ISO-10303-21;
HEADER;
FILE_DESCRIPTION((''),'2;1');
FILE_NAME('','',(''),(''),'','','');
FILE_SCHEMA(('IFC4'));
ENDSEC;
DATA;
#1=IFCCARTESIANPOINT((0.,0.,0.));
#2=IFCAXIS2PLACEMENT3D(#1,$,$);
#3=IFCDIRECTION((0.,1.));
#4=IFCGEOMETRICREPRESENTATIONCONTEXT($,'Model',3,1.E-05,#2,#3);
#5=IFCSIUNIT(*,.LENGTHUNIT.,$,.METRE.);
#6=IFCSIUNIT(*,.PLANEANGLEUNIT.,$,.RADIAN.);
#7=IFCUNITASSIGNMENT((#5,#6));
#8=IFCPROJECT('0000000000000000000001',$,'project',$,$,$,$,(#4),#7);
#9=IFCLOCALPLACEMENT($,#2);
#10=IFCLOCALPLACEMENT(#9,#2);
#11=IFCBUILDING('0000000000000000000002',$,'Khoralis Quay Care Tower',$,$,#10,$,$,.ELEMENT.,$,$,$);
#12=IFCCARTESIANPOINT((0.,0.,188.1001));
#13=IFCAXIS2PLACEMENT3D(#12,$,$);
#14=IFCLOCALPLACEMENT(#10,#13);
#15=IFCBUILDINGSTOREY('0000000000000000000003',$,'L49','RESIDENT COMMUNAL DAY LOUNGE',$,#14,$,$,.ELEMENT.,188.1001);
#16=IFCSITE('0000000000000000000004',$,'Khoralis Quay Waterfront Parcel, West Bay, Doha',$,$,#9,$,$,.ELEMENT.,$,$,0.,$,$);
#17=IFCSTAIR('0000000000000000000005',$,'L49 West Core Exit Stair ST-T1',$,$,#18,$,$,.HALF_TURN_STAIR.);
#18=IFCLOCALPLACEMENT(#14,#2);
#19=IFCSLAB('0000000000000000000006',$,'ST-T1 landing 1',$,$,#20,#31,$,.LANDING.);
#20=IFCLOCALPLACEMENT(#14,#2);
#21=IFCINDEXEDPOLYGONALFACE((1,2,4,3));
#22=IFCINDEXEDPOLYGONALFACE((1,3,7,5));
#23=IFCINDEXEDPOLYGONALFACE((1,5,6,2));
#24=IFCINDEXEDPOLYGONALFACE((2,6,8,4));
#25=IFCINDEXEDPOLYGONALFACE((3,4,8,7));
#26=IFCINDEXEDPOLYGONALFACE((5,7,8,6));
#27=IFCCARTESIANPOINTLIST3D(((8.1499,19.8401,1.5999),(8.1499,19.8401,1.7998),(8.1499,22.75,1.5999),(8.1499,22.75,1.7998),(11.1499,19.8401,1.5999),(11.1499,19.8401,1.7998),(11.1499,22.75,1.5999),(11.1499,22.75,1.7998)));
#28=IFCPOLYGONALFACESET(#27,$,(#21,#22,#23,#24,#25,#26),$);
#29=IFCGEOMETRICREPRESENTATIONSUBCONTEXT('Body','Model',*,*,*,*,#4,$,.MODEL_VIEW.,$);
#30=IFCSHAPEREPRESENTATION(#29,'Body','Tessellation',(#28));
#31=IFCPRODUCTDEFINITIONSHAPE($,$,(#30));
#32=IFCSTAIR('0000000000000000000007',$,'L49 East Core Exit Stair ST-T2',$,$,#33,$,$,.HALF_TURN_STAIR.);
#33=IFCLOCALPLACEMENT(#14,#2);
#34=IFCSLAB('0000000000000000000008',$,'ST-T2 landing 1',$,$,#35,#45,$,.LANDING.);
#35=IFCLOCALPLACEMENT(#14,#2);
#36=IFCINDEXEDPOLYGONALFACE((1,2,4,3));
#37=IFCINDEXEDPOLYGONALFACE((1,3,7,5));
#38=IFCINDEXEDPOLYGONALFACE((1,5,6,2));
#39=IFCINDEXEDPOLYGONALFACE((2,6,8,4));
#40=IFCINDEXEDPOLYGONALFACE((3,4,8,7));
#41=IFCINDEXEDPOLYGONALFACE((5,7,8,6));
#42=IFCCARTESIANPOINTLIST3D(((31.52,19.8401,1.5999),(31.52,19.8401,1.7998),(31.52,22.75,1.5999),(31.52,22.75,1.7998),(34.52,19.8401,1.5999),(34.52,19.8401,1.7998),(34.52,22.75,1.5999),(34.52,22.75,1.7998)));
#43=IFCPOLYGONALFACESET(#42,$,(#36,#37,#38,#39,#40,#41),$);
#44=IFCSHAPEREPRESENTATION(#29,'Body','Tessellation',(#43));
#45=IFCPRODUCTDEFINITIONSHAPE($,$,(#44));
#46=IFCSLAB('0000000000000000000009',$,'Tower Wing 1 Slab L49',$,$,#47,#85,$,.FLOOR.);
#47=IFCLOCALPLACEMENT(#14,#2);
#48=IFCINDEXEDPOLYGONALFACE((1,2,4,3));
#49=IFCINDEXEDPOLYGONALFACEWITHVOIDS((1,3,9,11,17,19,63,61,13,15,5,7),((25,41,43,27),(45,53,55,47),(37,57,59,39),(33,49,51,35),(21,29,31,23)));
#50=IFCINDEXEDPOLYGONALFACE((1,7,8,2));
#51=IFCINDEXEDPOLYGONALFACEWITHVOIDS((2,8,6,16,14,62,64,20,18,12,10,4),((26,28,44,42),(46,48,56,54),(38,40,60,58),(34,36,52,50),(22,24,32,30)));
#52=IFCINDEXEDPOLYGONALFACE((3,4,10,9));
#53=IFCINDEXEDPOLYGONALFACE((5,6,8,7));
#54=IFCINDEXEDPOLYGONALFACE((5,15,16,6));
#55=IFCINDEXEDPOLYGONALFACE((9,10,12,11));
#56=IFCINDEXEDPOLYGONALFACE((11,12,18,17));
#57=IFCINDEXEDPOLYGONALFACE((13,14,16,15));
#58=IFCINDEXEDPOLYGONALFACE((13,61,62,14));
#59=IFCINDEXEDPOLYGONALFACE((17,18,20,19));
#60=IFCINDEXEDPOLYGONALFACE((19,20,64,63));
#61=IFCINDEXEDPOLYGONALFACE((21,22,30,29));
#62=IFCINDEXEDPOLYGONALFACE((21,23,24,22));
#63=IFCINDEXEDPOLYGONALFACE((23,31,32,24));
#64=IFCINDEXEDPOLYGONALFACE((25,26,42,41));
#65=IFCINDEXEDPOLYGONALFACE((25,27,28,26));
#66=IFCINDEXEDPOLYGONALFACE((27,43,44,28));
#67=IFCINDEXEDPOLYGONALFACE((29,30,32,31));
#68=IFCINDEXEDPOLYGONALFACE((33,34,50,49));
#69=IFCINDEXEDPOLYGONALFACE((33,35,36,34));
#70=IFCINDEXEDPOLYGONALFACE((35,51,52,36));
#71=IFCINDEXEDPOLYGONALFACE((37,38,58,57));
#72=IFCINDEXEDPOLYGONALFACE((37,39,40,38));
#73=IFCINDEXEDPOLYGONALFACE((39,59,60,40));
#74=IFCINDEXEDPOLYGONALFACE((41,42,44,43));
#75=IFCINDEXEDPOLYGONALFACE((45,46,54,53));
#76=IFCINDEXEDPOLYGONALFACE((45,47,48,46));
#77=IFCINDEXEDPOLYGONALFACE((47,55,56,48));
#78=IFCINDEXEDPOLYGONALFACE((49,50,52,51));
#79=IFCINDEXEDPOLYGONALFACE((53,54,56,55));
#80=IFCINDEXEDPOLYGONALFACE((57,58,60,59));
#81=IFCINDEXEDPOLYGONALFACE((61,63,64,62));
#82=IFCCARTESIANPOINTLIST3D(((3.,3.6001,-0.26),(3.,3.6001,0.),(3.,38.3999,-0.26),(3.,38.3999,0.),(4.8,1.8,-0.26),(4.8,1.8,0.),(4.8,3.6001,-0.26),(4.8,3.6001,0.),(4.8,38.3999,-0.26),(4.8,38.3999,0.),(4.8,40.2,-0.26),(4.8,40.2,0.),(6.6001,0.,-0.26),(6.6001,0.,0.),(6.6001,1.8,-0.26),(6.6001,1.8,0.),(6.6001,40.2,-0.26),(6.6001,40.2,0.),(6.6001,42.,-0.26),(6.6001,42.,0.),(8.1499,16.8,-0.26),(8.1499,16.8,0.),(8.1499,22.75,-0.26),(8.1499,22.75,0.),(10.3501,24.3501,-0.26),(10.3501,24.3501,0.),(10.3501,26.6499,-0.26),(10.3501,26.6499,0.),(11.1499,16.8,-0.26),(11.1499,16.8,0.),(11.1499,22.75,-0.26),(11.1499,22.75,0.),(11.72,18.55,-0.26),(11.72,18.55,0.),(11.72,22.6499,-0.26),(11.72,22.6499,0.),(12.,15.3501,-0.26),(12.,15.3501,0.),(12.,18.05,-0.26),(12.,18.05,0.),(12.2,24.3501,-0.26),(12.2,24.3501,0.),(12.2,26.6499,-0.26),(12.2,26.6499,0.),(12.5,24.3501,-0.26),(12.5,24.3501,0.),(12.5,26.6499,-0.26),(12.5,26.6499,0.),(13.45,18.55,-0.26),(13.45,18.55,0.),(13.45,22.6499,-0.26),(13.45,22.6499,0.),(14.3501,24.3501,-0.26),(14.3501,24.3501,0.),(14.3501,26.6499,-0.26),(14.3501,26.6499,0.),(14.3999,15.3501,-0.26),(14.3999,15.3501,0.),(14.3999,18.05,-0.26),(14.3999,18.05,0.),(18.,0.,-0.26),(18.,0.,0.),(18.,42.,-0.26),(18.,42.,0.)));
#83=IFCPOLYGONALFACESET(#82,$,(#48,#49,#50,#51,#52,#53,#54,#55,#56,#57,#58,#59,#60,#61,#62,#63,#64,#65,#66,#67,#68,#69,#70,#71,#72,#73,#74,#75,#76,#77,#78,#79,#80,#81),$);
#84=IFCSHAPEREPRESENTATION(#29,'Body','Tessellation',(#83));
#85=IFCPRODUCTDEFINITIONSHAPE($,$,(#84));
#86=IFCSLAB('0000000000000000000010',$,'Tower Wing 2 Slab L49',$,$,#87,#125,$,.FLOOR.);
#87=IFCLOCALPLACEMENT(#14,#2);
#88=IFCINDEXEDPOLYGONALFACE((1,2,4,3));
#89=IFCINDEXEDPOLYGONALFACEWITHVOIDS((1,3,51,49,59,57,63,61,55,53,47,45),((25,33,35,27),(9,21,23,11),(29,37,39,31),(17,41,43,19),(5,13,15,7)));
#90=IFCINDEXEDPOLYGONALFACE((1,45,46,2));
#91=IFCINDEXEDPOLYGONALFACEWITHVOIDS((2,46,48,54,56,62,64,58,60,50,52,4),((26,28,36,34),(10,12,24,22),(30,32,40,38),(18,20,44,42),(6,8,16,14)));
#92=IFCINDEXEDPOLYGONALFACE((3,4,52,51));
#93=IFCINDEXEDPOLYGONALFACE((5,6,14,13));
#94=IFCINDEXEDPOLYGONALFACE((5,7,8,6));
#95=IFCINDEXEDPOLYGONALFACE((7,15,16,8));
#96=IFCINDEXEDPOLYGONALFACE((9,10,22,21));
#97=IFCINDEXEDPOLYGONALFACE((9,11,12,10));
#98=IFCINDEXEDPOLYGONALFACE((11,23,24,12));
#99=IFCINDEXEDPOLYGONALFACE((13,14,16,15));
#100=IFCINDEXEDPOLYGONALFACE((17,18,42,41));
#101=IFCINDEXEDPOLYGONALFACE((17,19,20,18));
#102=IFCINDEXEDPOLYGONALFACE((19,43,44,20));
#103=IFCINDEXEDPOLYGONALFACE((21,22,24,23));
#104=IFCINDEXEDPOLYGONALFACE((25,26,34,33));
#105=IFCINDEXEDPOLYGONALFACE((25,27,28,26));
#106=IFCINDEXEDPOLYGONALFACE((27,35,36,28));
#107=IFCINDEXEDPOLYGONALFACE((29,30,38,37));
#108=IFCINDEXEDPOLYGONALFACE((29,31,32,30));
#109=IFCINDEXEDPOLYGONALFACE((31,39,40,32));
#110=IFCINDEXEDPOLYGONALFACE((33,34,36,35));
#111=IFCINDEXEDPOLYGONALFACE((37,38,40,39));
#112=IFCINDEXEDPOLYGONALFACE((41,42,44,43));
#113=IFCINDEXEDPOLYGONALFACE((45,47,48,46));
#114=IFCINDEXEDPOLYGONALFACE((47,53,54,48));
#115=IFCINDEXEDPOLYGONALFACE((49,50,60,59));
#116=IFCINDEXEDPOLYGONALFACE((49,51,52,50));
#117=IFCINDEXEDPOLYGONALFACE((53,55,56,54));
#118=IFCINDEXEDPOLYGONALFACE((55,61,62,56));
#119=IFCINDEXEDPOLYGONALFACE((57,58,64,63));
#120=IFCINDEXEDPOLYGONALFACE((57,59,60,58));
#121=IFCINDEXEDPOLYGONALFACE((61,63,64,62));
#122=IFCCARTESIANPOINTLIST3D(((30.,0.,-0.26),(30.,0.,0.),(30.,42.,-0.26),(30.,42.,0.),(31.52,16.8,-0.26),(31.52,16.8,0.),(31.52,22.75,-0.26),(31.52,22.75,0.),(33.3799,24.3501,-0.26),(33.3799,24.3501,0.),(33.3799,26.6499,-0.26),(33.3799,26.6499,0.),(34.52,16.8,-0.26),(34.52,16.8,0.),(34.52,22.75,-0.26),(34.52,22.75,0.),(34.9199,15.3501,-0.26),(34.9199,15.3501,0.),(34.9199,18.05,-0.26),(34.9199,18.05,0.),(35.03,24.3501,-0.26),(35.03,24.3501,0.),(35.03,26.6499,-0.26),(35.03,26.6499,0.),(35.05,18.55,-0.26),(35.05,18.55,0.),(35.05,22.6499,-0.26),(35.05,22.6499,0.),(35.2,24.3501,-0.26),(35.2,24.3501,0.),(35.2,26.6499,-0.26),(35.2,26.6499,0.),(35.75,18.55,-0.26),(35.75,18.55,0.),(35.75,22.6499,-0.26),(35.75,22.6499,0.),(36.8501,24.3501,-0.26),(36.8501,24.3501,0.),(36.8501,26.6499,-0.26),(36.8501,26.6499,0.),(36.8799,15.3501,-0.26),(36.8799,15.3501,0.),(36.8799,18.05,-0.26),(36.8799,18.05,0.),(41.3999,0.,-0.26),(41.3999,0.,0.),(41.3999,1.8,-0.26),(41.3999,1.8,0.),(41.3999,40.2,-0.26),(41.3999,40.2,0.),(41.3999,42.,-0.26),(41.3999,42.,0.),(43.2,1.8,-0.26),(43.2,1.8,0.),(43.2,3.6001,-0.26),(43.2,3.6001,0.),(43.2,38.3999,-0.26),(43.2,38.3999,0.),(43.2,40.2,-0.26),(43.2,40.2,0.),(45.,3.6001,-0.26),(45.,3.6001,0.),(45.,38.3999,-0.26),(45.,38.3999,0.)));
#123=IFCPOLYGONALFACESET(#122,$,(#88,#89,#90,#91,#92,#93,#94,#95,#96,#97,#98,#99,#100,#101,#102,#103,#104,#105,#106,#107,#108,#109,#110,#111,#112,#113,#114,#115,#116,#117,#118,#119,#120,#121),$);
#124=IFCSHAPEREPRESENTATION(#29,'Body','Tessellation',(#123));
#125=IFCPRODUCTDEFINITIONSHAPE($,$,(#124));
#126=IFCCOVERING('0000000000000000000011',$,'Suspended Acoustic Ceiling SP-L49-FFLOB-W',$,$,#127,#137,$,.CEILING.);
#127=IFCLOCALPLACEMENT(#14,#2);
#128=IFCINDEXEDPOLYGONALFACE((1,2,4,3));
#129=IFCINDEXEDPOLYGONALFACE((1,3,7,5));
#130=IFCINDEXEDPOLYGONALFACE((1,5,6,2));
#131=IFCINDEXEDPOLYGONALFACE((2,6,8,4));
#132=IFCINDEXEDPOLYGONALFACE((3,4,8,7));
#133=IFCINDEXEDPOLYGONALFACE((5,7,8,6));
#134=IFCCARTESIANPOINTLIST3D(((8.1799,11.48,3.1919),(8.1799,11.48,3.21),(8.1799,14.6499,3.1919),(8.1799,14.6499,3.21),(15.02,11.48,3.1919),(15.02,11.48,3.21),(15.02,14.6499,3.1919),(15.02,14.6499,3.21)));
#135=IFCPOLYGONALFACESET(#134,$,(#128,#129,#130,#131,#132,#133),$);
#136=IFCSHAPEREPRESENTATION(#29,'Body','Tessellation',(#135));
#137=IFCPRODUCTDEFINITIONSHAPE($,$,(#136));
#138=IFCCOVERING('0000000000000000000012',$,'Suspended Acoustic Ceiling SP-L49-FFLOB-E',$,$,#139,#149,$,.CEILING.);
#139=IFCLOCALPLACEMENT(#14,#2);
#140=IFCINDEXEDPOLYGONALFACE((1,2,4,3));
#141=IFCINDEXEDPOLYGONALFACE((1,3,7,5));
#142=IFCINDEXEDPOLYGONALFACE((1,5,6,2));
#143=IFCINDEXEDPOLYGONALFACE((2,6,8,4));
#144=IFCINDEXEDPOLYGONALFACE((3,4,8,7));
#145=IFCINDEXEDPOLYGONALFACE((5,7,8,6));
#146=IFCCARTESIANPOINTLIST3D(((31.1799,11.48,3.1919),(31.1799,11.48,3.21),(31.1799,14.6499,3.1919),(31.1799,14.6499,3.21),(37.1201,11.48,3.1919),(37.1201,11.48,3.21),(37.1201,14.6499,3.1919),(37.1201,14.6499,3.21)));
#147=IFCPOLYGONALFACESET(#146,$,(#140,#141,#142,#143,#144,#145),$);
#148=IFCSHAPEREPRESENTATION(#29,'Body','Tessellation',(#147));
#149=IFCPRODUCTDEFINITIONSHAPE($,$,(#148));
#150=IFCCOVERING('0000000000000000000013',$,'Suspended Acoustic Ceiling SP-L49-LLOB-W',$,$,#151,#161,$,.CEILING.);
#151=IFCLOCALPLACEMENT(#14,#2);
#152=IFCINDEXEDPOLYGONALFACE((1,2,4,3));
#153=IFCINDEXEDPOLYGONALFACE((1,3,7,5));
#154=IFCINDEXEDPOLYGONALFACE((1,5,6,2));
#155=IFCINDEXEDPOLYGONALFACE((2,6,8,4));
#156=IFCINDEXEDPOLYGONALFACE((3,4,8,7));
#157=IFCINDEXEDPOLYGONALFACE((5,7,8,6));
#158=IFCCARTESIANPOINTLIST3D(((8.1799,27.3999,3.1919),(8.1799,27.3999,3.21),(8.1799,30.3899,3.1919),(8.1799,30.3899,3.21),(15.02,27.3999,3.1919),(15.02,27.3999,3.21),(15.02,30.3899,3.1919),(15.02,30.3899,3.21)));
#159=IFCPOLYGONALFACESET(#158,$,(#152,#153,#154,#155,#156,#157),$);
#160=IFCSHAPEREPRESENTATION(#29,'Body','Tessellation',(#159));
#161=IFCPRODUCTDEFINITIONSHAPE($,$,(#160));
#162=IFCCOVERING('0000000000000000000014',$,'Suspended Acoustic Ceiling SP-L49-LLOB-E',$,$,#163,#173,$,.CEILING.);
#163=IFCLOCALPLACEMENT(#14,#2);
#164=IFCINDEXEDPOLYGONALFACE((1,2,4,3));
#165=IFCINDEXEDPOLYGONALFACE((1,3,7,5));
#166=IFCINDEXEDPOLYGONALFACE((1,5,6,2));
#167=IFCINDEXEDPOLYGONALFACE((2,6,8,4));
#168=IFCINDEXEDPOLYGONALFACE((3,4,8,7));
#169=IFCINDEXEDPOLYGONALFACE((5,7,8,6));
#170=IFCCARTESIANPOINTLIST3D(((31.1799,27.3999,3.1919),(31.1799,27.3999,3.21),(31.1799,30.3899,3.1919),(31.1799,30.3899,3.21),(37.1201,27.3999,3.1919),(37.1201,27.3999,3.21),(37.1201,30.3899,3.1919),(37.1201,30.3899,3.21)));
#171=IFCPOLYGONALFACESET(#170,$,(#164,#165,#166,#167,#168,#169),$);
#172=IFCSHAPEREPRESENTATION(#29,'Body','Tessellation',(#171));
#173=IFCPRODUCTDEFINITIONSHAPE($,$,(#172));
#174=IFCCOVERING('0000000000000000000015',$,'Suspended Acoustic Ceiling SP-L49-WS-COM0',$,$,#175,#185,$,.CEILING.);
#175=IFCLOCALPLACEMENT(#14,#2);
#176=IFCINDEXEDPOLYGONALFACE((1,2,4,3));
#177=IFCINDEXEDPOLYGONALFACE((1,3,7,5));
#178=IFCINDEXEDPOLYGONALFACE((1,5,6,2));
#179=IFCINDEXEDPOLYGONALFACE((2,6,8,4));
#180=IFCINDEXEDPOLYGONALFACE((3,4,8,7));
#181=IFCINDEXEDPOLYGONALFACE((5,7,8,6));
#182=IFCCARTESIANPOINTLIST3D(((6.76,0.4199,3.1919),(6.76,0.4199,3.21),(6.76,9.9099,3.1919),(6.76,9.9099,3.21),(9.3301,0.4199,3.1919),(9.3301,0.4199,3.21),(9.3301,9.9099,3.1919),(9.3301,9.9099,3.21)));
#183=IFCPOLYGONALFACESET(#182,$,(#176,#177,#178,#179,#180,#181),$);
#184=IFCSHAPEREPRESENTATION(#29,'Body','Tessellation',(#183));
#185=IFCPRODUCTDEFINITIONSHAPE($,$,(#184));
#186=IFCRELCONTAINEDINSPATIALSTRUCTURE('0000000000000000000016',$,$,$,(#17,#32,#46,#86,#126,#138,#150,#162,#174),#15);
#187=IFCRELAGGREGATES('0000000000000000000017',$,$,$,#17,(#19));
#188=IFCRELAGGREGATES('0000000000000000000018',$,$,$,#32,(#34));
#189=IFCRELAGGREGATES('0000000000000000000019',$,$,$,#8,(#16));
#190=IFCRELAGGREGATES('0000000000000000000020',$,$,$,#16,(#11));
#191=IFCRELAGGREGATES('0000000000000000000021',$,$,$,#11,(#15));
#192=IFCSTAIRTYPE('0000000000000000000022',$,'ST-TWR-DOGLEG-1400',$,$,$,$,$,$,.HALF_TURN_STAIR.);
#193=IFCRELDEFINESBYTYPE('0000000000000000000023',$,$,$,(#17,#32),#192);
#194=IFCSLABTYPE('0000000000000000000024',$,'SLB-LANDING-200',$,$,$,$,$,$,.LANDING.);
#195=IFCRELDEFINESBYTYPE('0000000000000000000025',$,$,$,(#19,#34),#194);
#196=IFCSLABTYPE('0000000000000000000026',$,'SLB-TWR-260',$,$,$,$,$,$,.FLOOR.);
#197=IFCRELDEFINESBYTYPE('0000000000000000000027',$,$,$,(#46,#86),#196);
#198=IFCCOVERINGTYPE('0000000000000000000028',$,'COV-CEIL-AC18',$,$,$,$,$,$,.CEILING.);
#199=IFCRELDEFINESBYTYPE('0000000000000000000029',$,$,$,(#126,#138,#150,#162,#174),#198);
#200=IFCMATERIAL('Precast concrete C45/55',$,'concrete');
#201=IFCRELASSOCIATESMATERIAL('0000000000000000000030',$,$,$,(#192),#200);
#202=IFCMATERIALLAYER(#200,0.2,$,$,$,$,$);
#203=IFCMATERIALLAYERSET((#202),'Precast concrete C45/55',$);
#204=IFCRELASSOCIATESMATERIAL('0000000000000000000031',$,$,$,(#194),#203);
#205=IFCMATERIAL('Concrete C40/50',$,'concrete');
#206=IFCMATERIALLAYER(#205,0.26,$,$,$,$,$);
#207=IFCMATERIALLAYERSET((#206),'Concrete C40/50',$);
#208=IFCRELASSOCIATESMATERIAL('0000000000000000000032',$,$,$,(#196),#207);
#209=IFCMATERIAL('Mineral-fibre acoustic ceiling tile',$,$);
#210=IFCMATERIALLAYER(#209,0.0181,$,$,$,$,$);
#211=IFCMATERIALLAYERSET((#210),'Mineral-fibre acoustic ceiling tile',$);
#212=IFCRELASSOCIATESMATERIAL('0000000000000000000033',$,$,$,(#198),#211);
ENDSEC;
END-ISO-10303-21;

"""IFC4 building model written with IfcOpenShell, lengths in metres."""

from ifc_helpers import new_model, si_unit, direction, frame, origin, place, context, subcontext, project, spatial, polyline, outline, extrude, material, layer, layer_set, type_object, element, aggregate, save


model = new_model("IFC4")

# Units and contexts
model_context = context("Model", 3, precision=1e-05, world=origin(), true_north=direction((0.0, 1.0)))
body_context = subcontext(model_context, "Body", "Model", "MODEL_VIEW")
ifc_project = project(units=[si_unit("LENGTHUNIT", "METRE"), si_unit("PLANEANGLEUNIT", "RADIAN")], contexts=[model_context])

# Site, building, storey
site_placement = place(None, origin())
site = spatial("IfcSite", under=ifc_project, at=site_placement, Name="Khoralis Quay Waterfront Parcel, West Bay, Doha", CompositionType="ELEMENT", RefElevation=0.0)
building_placement = place(site_placement, origin())
building = spatial("IfcBuilding", under=site, at=building_placement, Name="Khoralis Quay Care Tower", CompositionType="ELEMENT")
storey_placement = place(building_placement, frame((0.0, 0.0, 188.1001)))
storey = spatial("IfcBuildingStorey", under=building, at=storey_placement, Name="L49", Description="RESIDENT COMMUNAL DAY LOUNGE", CompositionType="ELEMENT", Elevation=188.1001)

# Stairs, slabs
ifc_material_1 = material(Name="Precast concrete C45/55", Category="concrete")
stair_type = type_object("IfcStairType", Name="ST-TWR-DOGLEG-1400", PredefinedType="HALF_TURN_STAIR", material=ifc_material_1)
stair_1_placement = place(storey_placement, origin())
stair_1 = element("IfcStair", 1, at=stair_1_placement, inside=storey, type_object=stair_type, Name="L49 West Core Exit Stair ST-T1", PredefinedType="HALF_TURN_STAIR")
ifc_layer_1 = layer(ifc_material_1, 0.2)
ifc_layer_set_1 = layer_set([ifc_layer_1], Name="Precast concrete C45/55")
slab_type_1 = type_object("IfcSlabType", Name="SLB-LANDING-200", PredefinedType="LANDING", material=ifc_layer_set_1)
slab_1_placement = place(storey_placement, frame((0.0, 0.0, 1.5999)))
slab_1 = element("IfcSlab", 2, at=slab_1_placement, type_object=slab_type_1, Name="ST-T1 landing 1", PredefinedType="LANDING", context=body_context, shape_type="SweptSolid", body=[
    extrude(outline(polyline([(11.1499, 19.8401), (11.1499, 22.75), (8.1499, 22.75), (8.1499, 19.8401), (11.1499, 19.8401)])), origin(), (0.0, 0.0, 1.0), 0.2),
])
aggregate(stair_1, [slab_1])
stair_2_placement = place(storey_placement, origin())
stair_2 = element("IfcStair", 3, at=stair_2_placement, inside=storey, type_object=stair_type, Name="L49 East Core Exit Stair ST-T2", PredefinedType="HALF_TURN_STAIR")
slab_2_placement = place(storey_placement, frame((0.0, 0.0, 1.5999)))
slab_2 = element("IfcSlab", 4, at=slab_2_placement, type_object=slab_type_1, Name="ST-T2 landing 1", PredefinedType="LANDING", context=body_context, shape_type="SweptSolid", body=[
    extrude(outline(polyline([(34.52, 19.8401), (34.52, 22.75), (31.52, 22.75), (31.52, 19.8401), (34.52, 19.8401)])), origin(), (0.0, 0.0, 1.0), 0.2),
])
aggregate(stair_2, [slab_2])

# Slabs
ifc_material_2 = material(Name="Concrete C40/50", Category="concrete")
ifc_layer_2 = layer(ifc_material_2, 0.26)
ifc_layer_set_2 = layer_set([ifc_layer_2], Name="Concrete C40/50")
slab_type_2 = type_object("IfcSlabType", Name="SLB-TWR-260", PredefinedType="FLOOR", material=ifc_layer_set_2)
slab_3_placement = place(storey_placement, frame((0.0, 0.0, -0.26)))
element("IfcSlab", 5, at=slab_3_placement, inside=storey, type_object=slab_type_2, Name="Tower Wing 1 Slab L49", PredefinedType="FLOOR", context=body_context, shape_type="SweptSolid", body=[
    extrude(outline(polyline([(6.6001, 0.0), (18.0, 0.0), (18.0, 42.0), (6.6001, 42.0), (6.6001, 40.2), (4.8, 40.2), (4.8, 38.3999), (3.0, 38.3999), (3.0, 3.6001), (4.8, 3.6001), (4.8, 1.8), (6.6001, 1.8), (6.6001, 0.0)]), holes=[polyline([(11.1499, 16.8), (11.1499, 22.75), (8.1499, 22.75), (8.1499, 16.8), (11.1499, 16.8)]), polyline([(12.0, 15.3501), (14.3999, 15.3501), (14.3999, 18.05), (12.0, 18.05), (12.0, 15.3501)]), polyline([(10.3501, 24.3501), (12.2, 24.3501), (12.2, 26.6499), (10.3501, 26.6499), (10.3501, 24.3501)]), polyline([(12.5, 24.3501), (14.3501, 24.3501), (14.3501, 26.6499), (12.5, 26.6499), (12.5, 24.3501)]), polyline([(11.72, 18.55), (13.45, 18.55), (13.45, 22.6499), (11.72, 22.6499), (11.72, 18.55)])]), origin(), (0.0, 0.0, 1.0), 0.26),
])
slab_4_placement = place(storey_placement, frame((0.0, 0.0, -0.26)))
element("IfcSlab", 6, at=slab_4_placement, inside=storey, type_object=slab_type_2, Name="Tower Wing 2 Slab L49", PredefinedType="FLOOR", context=body_context, shape_type="SweptSolid", body=[
    extrude(outline(polyline([(30.0, 0.0), (41.3999, 0.0), (41.3999, 1.8), (43.2, 1.8), (43.2, 3.6001), (45.0, 3.6001), (45.0, 38.3999), (43.2, 38.3999), (43.2, 40.2), (41.3999, 40.2), (41.3999, 42.0), (30.0, 42.0), (30.0, 0.0)]), holes=[polyline([(34.52, 16.8), (34.52, 22.75), (31.52, 22.75), (31.52, 16.8), (34.52, 16.8)]), polyline([(34.9199, 15.3501), (36.8799, 15.3501), (36.8799, 18.05), (34.9199, 18.05), (34.9199, 15.3501)]), polyline([(33.3799, 24.3501), (35.03, 24.3501), (35.03, 26.6499), (33.3799, 26.6499), (33.3799, 24.3501)]), polyline([(35.2, 24.3501), (36.8501, 24.3501), (36.8501, 26.6499), (35.2, 26.6499), (35.2, 24.3501)]), polyline([(35.05, 18.55), (35.75, 18.55), (35.75, 22.6499), (35.05, 22.6499), (35.05, 18.55)])]), origin(), (0.0, 0.0, 1.0), 0.26),
])

# Coverings
ifc_material_3 = material(Name="Mineral-fibre acoustic ceiling tile")
ifc_layer_3 = layer(ifc_material_3, 0.0181)
ifc_layer_set_3 = layer_set([ifc_layer_3], Name="Mineral-fibre acoustic ceiling tile")
covering_type_1 = type_object("IfcCoveringType", Name="COV-CEIL-AC18", PredefinedType="CEILING", material=ifc_layer_set_3)
covering_1_placement = place(storey_placement, frame((0.0, 0.0, 3.1919)))
element("IfcCovering", 7, at=covering_1_placement, inside=storey, type_object=covering_type_1, Name="Suspended Acoustic Ceiling SP-L49-FFLOB-W", PredefinedType="CEILING", context=body_context, shape_type="SweptSolid", body=[
    extrude(outline(polyline([(8.1799, 11.48), (15.02, 11.48), (15.02, 14.6499), (8.1799, 14.6499), (8.1799, 11.48)])), origin(), (0.0, 0.0, 1.0), 0.0181),
])
covering_2_placement = place(storey_placement, frame((0.0, 0.0, 3.1919)))
element("IfcCovering", 8, at=covering_2_placement, inside=storey, type_object=covering_type_1, Name="Suspended Acoustic Ceiling SP-L49-FFLOB-E", PredefinedType="CEILING", context=body_context, shape_type="SweptSolid", body=[
    extrude(outline(polyline([(31.1799, 11.48), (37.1201, 11.48), (37.1201, 14.6499), (31.1799, 14.6499), (31.1799, 11.48)])), origin(), (0.0, 0.0, 1.0), 0.0181),
])
covering_3_placement = place(storey_placement, frame((0.0, 0.0, 3.1919)))
element("IfcCovering", 9, at=covering_3_placement, inside=storey, type_object=covering_type_1, Name="Suspended Acoustic Ceiling SP-L49-LLOB-W", PredefinedType="CEILING", context=body_context, shape_type="SweptSolid", body=[
    extrude(outline(polyline([(8.1799, 27.3999), (15.02, 27.3999), (15.02, 30.3899), (8.1799, 30.3899), (8.1799, 27.3999)])), origin(), (0.0, 0.0, 1.0), 0.0181),
])
covering_4_placement = place(storey_placement, frame((0.0, 0.0, 3.1919)))
element("IfcCovering", 10, at=covering_4_placement, inside=storey, type_object=covering_type_1, Name="Suspended Acoustic Ceiling SP-L49-LLOB-E", PredefinedType="CEILING", context=body_context, shape_type="SweptSolid", body=[
    extrude(outline(polyline([(31.1799, 27.3999), (37.1201, 27.3999), (37.1201, 30.3899), (31.1799, 30.3899), (31.1799, 27.3999)])), origin(), (0.0, 0.0, 1.0), 0.0181),
])
covering_5_placement = place(storey_placement, frame((0.0, 0.0, 3.1919)))
element("IfcCovering", 11, at=covering_5_placement, inside=storey, type_object=covering_type_1, Name="Suspended Acoustic Ceiling SP-L49-WS-COM0", PredefinedType="CEILING", context=body_context, shape_type="SweptSolid", body=[
    extrude(outline(polyline([(6.76, 0.4199), (9.3301, 0.4199), (9.3301, 9.9099), (6.76, 9.9099), (6.76, 0.4199)])), origin(), (0.0, 0.0, 1.0), 0.0181),
])

save(model, "model.ifc")
